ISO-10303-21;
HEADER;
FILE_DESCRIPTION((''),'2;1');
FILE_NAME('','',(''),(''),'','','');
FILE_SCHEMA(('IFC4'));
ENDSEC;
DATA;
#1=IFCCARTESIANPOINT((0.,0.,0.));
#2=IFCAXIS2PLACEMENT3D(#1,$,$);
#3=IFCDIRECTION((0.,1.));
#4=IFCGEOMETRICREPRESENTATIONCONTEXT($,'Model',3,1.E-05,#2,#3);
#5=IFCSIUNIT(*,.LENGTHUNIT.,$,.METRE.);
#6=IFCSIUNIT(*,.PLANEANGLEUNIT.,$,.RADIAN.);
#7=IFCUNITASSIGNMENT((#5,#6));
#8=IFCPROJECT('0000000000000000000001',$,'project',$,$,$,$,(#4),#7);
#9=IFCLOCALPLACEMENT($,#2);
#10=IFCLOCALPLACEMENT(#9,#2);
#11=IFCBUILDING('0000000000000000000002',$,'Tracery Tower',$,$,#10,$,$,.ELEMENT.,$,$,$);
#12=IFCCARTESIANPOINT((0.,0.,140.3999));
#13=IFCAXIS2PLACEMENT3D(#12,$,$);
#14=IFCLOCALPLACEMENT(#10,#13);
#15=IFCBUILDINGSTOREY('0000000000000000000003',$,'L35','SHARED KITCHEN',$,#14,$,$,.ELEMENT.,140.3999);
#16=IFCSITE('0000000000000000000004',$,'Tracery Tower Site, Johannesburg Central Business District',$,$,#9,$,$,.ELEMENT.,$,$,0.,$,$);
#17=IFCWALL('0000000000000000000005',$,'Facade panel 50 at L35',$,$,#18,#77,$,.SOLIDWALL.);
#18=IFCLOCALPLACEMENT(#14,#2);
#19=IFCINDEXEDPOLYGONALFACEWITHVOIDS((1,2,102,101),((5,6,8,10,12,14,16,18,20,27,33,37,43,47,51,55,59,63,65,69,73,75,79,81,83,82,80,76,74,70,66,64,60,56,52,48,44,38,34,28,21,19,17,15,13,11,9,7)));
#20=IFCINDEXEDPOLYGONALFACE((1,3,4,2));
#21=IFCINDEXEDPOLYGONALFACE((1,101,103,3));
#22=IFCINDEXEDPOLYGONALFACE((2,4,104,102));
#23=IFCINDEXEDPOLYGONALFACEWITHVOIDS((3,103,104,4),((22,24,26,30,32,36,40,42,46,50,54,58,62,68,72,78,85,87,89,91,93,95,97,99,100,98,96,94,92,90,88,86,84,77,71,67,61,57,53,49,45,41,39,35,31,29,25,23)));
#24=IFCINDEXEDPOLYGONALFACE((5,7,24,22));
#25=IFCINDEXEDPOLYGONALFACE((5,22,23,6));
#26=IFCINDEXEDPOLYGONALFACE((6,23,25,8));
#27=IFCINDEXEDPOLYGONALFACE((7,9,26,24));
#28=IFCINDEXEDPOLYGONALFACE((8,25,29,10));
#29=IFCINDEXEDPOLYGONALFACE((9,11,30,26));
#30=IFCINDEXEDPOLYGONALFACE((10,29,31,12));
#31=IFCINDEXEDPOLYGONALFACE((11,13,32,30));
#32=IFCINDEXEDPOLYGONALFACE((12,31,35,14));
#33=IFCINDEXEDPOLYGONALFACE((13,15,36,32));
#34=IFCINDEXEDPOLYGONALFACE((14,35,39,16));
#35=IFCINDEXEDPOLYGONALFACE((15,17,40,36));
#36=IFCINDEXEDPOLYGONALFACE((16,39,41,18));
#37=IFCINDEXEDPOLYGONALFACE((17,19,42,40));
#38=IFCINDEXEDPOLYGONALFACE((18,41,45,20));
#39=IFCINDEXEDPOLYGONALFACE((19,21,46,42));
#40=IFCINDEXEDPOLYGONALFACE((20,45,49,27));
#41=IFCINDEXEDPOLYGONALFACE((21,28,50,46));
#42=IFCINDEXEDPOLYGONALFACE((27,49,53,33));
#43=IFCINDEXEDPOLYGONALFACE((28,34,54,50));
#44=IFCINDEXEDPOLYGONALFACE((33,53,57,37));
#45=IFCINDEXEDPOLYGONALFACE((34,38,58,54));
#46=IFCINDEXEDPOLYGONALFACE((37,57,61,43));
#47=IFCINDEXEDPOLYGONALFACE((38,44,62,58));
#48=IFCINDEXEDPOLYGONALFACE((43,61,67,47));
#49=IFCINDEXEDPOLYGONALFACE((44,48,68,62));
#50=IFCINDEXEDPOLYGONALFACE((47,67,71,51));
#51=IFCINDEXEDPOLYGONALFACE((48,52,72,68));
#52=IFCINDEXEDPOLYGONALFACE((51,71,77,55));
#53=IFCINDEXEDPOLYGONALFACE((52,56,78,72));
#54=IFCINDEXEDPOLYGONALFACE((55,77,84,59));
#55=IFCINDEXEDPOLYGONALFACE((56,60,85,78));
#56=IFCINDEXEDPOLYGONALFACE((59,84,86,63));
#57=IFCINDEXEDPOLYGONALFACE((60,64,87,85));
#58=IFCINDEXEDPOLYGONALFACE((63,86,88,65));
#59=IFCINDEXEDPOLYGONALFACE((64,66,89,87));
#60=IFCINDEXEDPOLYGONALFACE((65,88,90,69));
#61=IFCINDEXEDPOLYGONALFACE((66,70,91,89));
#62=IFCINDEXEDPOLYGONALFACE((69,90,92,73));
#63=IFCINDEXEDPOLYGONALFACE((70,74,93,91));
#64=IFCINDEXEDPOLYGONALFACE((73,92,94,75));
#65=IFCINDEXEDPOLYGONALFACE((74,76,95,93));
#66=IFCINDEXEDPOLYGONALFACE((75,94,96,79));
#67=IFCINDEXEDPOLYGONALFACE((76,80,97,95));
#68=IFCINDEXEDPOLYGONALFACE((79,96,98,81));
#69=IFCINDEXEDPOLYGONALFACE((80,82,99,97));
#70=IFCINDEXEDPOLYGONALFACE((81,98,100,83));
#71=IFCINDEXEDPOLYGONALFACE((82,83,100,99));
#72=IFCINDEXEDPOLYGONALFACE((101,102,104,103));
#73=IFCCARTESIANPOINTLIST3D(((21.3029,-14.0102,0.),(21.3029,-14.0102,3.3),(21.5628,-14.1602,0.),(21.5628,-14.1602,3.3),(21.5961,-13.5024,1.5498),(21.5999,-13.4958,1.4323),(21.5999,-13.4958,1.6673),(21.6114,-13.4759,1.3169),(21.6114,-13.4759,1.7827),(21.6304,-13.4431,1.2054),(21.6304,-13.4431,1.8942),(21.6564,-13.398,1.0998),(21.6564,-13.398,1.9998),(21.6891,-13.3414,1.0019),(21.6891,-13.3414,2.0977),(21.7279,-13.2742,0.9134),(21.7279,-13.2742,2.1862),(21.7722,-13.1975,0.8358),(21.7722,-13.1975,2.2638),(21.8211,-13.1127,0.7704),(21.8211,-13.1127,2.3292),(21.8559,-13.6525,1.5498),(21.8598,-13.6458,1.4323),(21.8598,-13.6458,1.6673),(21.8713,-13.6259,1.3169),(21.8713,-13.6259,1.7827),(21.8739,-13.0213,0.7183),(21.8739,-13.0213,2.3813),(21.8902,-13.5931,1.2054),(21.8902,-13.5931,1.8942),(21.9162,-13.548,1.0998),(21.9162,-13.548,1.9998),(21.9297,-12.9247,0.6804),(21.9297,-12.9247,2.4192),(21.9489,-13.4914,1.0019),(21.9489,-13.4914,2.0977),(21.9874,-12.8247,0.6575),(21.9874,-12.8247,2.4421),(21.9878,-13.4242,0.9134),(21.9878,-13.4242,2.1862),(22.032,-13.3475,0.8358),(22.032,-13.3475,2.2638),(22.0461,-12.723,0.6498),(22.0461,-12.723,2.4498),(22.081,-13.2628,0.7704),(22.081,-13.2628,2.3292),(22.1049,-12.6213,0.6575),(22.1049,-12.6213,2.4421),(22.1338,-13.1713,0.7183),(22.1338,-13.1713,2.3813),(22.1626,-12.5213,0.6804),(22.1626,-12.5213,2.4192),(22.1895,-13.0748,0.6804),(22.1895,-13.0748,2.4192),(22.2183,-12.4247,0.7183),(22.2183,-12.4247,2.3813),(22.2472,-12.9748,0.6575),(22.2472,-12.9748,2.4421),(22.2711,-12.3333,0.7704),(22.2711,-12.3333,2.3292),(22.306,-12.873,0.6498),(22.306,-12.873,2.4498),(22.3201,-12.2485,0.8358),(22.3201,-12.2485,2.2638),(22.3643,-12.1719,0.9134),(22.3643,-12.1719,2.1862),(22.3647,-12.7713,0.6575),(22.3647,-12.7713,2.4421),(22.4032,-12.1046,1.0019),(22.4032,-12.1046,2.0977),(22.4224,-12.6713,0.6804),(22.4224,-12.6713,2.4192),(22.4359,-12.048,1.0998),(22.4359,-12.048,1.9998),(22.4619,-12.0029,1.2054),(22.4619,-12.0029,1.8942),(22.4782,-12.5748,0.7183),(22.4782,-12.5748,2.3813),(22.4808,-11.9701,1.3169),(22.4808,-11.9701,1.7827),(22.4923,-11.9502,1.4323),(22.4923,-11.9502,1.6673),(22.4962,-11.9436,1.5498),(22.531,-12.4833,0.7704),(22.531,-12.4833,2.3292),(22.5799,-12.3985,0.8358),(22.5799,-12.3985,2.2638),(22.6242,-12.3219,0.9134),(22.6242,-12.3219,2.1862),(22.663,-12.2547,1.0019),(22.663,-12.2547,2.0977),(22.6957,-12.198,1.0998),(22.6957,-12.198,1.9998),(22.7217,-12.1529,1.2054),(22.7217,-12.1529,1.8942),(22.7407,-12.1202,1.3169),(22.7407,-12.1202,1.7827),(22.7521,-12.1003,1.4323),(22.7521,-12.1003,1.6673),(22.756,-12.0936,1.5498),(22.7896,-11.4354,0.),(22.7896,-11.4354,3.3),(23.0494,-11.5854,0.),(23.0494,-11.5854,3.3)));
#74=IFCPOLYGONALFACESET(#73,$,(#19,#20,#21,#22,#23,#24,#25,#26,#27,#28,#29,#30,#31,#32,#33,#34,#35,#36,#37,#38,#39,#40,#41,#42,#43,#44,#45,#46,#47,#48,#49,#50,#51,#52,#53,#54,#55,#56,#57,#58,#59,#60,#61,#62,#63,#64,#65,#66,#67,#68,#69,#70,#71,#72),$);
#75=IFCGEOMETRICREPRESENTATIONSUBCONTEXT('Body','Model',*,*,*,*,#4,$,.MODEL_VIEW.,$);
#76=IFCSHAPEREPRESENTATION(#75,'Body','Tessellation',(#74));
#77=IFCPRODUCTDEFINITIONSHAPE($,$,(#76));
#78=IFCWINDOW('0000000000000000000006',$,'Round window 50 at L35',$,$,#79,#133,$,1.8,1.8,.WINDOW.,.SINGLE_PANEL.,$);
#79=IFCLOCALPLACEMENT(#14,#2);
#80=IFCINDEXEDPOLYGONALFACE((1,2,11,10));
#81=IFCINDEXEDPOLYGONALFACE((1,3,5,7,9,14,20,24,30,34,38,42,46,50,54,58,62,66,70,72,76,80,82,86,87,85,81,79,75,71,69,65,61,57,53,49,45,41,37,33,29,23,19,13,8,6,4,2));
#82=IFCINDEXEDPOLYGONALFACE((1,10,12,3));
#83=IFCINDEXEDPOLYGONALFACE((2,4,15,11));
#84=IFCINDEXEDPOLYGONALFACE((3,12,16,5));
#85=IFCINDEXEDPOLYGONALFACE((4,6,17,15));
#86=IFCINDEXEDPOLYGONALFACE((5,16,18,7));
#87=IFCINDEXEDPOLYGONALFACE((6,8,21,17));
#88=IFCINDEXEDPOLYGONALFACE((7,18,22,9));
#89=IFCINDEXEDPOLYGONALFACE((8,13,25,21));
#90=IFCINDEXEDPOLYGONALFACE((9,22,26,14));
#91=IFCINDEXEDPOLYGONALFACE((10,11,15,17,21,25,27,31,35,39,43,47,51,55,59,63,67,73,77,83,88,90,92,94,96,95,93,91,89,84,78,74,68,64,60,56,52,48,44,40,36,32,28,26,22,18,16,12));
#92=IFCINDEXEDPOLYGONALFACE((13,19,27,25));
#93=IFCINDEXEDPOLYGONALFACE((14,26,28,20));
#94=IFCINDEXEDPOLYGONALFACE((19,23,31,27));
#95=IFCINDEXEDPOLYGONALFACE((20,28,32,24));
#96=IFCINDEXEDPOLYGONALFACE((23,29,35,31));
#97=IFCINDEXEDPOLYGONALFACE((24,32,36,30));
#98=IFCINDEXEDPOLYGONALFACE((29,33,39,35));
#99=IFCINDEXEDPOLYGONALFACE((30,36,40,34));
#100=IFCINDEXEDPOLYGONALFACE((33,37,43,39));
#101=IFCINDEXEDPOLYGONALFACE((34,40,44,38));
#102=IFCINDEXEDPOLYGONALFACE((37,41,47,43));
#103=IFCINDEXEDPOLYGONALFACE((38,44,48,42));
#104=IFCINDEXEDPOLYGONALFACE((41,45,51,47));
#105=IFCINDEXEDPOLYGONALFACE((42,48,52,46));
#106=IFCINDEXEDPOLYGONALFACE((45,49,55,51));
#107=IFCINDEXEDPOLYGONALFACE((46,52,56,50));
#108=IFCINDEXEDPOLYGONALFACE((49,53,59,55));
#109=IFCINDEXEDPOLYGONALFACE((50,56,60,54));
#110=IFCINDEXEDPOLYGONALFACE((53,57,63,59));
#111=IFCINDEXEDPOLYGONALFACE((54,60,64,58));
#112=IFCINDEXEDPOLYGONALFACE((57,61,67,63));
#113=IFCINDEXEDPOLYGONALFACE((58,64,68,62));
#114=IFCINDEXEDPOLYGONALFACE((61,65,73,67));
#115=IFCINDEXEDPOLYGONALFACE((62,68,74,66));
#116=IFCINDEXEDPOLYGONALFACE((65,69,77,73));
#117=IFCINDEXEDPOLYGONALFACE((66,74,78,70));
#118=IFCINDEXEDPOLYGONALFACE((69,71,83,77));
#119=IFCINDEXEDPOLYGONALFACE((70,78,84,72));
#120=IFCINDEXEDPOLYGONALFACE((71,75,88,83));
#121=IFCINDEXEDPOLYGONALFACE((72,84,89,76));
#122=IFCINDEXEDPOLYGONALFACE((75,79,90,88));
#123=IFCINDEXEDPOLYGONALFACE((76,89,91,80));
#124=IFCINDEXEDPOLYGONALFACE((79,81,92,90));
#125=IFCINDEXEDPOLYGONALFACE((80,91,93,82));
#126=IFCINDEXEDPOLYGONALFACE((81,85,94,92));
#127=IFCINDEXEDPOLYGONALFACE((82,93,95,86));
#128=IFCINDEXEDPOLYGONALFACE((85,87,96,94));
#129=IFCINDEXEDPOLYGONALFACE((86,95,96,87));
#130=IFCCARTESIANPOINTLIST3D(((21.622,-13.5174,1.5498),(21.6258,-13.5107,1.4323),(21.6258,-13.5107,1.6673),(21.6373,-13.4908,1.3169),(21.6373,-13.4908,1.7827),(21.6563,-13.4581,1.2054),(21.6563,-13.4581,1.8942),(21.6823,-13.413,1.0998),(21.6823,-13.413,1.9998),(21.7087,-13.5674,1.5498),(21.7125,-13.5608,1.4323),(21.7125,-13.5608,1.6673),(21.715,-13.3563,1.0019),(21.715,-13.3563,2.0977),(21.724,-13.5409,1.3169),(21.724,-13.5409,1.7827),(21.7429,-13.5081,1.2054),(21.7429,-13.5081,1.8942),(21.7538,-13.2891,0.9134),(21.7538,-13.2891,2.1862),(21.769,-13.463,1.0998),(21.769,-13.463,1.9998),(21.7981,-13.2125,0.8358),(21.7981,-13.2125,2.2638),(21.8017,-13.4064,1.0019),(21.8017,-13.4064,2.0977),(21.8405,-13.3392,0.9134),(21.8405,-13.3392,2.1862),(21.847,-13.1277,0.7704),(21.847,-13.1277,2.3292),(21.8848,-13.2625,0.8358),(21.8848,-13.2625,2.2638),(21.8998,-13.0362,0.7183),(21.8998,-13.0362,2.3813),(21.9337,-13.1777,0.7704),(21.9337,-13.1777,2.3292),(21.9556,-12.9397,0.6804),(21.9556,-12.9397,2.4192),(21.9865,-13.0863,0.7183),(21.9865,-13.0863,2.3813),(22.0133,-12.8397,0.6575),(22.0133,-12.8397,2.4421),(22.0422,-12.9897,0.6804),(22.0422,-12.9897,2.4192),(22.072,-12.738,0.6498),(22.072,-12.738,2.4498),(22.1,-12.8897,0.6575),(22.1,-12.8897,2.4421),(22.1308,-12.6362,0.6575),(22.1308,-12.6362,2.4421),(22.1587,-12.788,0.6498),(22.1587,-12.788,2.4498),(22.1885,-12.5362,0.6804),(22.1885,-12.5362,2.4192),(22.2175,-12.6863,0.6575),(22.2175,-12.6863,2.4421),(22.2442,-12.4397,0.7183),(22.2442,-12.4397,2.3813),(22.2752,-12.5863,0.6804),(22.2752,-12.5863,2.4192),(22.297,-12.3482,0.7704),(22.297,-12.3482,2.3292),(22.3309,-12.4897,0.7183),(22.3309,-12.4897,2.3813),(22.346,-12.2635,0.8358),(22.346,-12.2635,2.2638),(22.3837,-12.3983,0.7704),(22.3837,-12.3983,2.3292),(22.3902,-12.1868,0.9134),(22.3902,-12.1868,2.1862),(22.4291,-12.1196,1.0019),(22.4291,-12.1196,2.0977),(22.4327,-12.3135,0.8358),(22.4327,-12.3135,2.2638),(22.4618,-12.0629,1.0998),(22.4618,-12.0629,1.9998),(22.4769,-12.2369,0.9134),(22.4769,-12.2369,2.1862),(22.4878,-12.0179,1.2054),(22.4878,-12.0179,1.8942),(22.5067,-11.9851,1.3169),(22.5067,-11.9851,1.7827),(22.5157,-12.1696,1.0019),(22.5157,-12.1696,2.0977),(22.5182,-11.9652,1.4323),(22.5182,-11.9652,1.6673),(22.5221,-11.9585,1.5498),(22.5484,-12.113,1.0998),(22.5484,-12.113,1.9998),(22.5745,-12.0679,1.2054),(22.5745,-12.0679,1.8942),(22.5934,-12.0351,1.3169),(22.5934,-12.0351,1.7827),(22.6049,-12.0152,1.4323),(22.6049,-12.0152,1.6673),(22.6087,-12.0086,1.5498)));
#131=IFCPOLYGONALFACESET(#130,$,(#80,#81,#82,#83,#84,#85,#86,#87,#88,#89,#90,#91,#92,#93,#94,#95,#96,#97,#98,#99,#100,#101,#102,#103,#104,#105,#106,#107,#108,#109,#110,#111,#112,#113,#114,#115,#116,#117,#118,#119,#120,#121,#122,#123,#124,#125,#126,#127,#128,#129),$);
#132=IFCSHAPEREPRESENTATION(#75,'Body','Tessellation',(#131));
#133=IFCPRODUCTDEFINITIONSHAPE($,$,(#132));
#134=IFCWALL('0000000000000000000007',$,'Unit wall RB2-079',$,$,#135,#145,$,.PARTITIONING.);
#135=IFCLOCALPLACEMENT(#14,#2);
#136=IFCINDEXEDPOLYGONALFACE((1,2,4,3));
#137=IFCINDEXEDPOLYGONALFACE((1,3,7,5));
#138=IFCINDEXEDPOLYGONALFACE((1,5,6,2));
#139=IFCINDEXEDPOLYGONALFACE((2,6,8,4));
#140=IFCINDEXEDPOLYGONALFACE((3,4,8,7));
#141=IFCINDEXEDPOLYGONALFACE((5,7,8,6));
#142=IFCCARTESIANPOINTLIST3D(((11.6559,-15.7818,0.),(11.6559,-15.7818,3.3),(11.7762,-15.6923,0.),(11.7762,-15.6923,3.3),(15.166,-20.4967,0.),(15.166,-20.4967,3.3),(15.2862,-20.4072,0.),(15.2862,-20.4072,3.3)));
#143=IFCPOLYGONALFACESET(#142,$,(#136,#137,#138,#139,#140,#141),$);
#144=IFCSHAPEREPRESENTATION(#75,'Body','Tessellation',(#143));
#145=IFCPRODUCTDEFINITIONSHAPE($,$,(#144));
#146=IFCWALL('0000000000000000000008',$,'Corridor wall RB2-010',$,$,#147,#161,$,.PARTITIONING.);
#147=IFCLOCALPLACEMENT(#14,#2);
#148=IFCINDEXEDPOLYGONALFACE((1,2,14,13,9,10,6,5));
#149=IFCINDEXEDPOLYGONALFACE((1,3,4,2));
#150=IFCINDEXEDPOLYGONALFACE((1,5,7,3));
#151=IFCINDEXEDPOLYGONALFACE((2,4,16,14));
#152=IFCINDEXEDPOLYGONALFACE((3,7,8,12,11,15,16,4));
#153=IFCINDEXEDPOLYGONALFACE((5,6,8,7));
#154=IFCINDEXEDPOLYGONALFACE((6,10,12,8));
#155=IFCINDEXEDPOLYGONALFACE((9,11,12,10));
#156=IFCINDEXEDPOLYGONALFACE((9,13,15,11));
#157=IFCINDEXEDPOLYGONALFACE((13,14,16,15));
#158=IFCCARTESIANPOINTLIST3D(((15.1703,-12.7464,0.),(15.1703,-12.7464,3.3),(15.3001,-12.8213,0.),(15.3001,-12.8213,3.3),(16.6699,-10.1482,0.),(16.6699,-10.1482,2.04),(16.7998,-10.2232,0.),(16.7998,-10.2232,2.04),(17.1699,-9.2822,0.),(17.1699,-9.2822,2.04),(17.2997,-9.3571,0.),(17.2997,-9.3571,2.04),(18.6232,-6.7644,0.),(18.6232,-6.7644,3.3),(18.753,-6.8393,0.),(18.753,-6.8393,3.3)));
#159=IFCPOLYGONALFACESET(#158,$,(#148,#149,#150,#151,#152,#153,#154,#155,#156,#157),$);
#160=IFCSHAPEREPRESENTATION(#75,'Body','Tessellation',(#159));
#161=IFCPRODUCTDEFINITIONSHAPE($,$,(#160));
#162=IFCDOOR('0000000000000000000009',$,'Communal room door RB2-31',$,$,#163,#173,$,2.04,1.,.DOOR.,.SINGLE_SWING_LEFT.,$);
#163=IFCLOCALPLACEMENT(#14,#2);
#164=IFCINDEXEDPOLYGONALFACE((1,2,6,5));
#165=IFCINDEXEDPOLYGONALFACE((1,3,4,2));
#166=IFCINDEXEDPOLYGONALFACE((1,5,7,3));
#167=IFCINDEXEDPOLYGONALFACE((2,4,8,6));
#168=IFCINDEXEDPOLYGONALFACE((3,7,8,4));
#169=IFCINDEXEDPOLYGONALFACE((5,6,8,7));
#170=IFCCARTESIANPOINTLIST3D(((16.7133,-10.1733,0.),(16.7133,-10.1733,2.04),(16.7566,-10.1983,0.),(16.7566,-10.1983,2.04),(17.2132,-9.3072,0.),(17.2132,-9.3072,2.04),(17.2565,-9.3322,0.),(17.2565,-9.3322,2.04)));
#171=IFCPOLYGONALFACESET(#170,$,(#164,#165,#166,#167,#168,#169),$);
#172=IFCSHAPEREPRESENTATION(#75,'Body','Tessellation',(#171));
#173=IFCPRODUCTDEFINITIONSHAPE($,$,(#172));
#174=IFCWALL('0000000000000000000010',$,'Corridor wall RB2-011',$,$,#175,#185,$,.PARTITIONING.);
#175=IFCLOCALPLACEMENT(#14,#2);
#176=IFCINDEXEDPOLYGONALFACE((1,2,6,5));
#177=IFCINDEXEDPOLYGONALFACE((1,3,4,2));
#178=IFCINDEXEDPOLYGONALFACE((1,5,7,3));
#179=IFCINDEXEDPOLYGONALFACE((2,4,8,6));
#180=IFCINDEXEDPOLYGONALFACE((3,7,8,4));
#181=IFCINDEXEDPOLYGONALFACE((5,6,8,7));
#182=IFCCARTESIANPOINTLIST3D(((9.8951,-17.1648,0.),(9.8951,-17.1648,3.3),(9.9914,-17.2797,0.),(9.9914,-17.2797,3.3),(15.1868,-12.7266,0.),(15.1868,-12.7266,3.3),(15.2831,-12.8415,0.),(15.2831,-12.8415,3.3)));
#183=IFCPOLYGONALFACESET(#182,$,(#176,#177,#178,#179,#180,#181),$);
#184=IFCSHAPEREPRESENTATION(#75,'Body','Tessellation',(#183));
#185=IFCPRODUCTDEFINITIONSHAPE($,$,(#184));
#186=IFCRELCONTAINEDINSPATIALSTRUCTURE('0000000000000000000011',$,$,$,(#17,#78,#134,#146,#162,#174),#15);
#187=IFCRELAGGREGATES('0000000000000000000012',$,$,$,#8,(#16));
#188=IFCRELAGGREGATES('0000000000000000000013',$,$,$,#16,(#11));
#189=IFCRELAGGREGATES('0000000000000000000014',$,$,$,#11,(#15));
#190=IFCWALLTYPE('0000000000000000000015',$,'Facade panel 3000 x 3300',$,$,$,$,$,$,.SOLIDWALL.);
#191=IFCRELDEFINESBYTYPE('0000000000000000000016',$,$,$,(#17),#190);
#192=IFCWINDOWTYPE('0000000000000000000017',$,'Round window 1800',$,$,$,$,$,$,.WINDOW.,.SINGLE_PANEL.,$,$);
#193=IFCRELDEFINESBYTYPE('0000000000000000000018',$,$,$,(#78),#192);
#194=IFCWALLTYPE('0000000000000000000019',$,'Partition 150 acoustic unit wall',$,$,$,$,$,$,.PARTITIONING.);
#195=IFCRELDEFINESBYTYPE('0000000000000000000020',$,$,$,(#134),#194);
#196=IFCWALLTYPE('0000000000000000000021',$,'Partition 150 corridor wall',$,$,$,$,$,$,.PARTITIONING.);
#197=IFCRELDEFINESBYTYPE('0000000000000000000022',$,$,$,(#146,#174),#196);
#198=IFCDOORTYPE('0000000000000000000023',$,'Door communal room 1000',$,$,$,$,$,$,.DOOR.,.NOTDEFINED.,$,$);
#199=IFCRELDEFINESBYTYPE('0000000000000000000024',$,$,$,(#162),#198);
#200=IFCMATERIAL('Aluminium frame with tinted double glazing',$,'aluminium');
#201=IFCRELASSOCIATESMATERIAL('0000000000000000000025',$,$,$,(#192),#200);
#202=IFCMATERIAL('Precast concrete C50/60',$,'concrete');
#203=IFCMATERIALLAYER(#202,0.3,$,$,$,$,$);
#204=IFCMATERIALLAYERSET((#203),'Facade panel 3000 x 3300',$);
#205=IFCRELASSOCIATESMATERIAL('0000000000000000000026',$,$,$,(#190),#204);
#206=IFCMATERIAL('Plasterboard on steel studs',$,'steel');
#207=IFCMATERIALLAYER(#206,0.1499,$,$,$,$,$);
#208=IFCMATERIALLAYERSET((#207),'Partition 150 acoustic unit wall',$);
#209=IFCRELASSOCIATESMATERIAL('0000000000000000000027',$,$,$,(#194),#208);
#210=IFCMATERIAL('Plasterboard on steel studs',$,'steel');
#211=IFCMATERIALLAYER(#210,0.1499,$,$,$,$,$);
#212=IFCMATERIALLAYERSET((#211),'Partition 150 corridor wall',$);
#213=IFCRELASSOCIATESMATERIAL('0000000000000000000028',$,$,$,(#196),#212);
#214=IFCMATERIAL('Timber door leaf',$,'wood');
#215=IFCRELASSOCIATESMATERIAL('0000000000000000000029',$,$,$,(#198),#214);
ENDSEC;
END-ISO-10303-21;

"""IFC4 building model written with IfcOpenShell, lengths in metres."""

from ifc_helpers import new_model, si_unit, direction, frame, frame_2d, origin, origin_2d, place, context, subcontext, project, spatial, rectangle, circle, extrude, material, layer, layer_set, type_object, element, fill, save


model = new_model("IFC4")

# Units and contexts
model_context = context("Model", 3, precision=1e-05, world=origin(), true_north=direction((0.0, 1.0)))
body_context = subcontext(model_context, "Body", "Model", "MODEL_VIEW")
ifc_project = project(units=[si_unit("LENGTHUNIT", "METRE"), si_unit("PLANEANGLEUNIT", "RADIAN")], contexts=[model_context])

# Site, building, storey
site_placement = place(None, origin())
site = spatial("IfcSite", under=ifc_project, at=site_placement, Name="Tracery Tower Site, Johannesburg Central Business District", CompositionType="ELEMENT", RefElevation=0.0)
building_placement = place(site_placement, origin())
building = spatial("IfcBuilding", under=site, at=building_placement, Name="Tracery Tower", CompositionType="ELEMENT")
storey_placement = place(building_placement, frame((0.0, 0.0, 140.3999)))
storey = spatial("IfcBuildingStorey", under=building, at=storey_placement, Name="L35", Description="SHARED KITCHEN", CompositionType="ELEMENT", Elevation=140.3999)

# Wall, opening, window
ifc_material_1 = material(Name="Aluminium frame with tinted double glazing", Category="aluminium")
window_type = type_object("IfcWindowType", Name="Round window 1800", PartitioningType="SINGLE_PANEL", PredefinedType="WINDOW", material=ifc_material_1)
ifc_material_2 = material(Name="Precast concrete C50/60", Category="concrete")
ifc_layer_1 = layer(ifc_material_2, 0.3)
ifc_layer_set_1 = layer_set([ifc_layer_1], Name="Facade panel 3000 x 3300")
wall_type_1 = type_object("IfcWallType", Name="Facade panel 3000 x 3300", PredefinedType="SOLIDWALL", material=ifc_layer_set_1)
wall_1_placement = place(storey_placement, frame((21.4329, -14.0852, 0.0), z_axis=(0.0, 0.0, 1.0), x_axis=(0.500016, 0.866016, 0.0)))
wall_1 = element("IfcWall", 1, at=wall_1_placement, inside=storey, type_object=wall_type_1, Name="Facade panel 50 at L35", PredefinedType="SOLIDWALL", context=body_context, shape_type="SweptSolid", body=[
    extrude(rectangle(XDim=2.9731, YDim=0.3, at=frame_2d((1.4866, 0.0))), origin(), (0.0, 0.0, 1.0), 3.3),
])
opening_1_placement = place(wall_1_placement, frame((1.4863, 0.0, 1.5498)))
opening_1 = element("IfcOpeningElement", 2, at=opening_1_placement, cuts=wall_1, PredefinedType="OPENING", context=body_context, shape_type="SweptSolid", body=[
    extrude(circle(Radius=0.9, at=origin_2d()), frame((0.0, 0.1599, 0.0), z_axis=(0.0, -1.0, 0.0), x_axis=(1.0, 0.0, 0.0)), (0.0, 0.0, 1.0), 0.3201),
])
window_1_placement = place(opening_1_placement, origin())
window_1 = element("IfcWindow", 3, at=window_1_placement, inside=storey, type_object=window_type, Name="Round window 50 at L35", OverallHeight=1.8, OverallWidth=1.8, PartitioningType="SINGLE_PANEL", PredefinedType="WINDOW", context=body_context, shape_type="SweptSolid", body=[
    extrude(circle(Radius=0.9, at=origin_2d()), frame((0.0, 0.1201, 0.0), z_axis=(0.0, -1.0, 0.0), x_axis=(1.0, 0.0, 0.0)), (0.0, 0.0, 1.0), 0.1001),
])
fill(opening_1, window_1)

# Wall
ifc_material_3 = material(Name="Plasterboard on steel studs", Category="steel")
ifc_layer_2 = layer(ifc_material_3, 0.1499)
ifc_layer_set_2 = layer_set([ifc_layer_2], Name="Partition 150 acoustic unit wall")
wall_type_2 = type_object("IfcWallType", Name="Partition 150 acoustic unit wall", PredefinedType="PARTITIONING", material=ifc_layer_set_2)
wall_2_placement = place(storey_placement, frame((11.7161, -15.7371, 0.0), z_axis=(0.0, 0.0, 1.0), x_axis=(0.597152, -0.802128, 0.0)))
element("IfcWall", 4, at=wall_2_placement, inside=storey, type_object=wall_type_2, Name="Unit wall RB2-079", PredefinedType="PARTITIONING", context=body_context, shape_type="SweptSolid", body=[
    extrude(rectangle(XDim=5.8779, YDim=0.1499, at=frame_2d((2.939, 0.0))), origin(), (0.0, 0.0, 1.0), 3.3),
])

# Wall, opening, door
ifc_material_4 = material(Name="Plasterboard on steel studs", Category="steel")
ifc_layer_3 = layer(ifc_material_4, 0.1499)
ifc_layer_set_3 = layer_set([ifc_layer_3], Name="Partition 150 corridor wall")
wall_type_3 = type_object("IfcWallType", Name="Partition 150 corridor wall", PredefinedType="PARTITIONING", material=ifc_layer_set_3)
wall_3_placement = place(storey_placement, frame((15.2351, -12.7839, 0.0), z_axis=(0.0, 0.0, 1.0), x_axis=(0.499914, 0.866075, 0.0)))
wall_3 = element("IfcWall", 5, at=wall_3_placement, inside=storey, type_object=wall_type_3, Name="Corridor wall RB2-010", PredefinedType="PARTITIONING", context=body_context, shape_type="SweptSolid", body=[
    extrude(rectangle(XDim=6.907, YDim=0.1499, at=frame_2d((3.4536, 0.0))), origin(), (0.0, 0.0, 1.0), 3.3),
])
opening_2_placement = place(wall_3_placement, frame((3.0, 0.0, 0.0)))
opening_2 = element("IfcOpeningElement", 6, at=opening_2_placement, cuts=wall_3, PredefinedType="OPENING", context=body_context, shape_type="SweptSolid", body=[
    extrude(rectangle(XDim=1.0, YDim=2.04, at=frame_2d((0.5, 1.02))), frame((0.0, 0.075, 0.0), z_axis=(0.0, -1.0, 0.0), x_axis=(1.0, 0.0, 0.0)), (0.0, 0.0, 1.0), 0.1499),
])
ifc_material_5 = material(Name="Timber door leaf", Category="wood")
door_type = type_object("IfcDoorType", Name="Door communal room 1000", OperationType="NOTDEFINED", PredefinedType="DOOR", material=ifc_material_5)
door_placement = place(opening_2_placement, origin())
door = element("IfcDoor", 7, at=door_placement, inside=storey, type_object=door_type, Name="Communal room door RB2-31", OperationType="SINGLE_SWING_LEFT", OverallHeight=2.04, OverallWidth=1.0, PredefinedType="DOOR", context=body_context, shape_type="SweptSolid", body=[
    extrude(rectangle(XDim=1.0, YDim=2.04, at=frame_2d((0.5, 1.02))), frame((0.0, 0.0249, 0.0), z_axis=(0.0, -1.0, 0.0), x_axis=(1.0, 0.0, 0.0)), (0.0, 0.0, 1.0), 0.05),
])
fill(opening_2, door)

# Wall
wall_4_placement = place(storey_placement, frame((9.9434, -17.2222, 0.0), z_axis=(0.0, 0.0, 1.0), x_axis=(0.766192, 0.642612, 0.0)))
element("IfcWall", 8, at=wall_4_placement, inside=storey, type_object=wall_type_3, Name="Corridor wall RB2-011", PredefinedType="PARTITIONING", context=body_context, shape_type="SweptSolid", body=[
    extrude(rectangle(XDim=6.9065, YDim=0.1499, at=frame_2d((3.4531, 0.0))), origin(), (0.0, 0.0, 1.0), 3.3),
])

save(model, "model.ifc")
